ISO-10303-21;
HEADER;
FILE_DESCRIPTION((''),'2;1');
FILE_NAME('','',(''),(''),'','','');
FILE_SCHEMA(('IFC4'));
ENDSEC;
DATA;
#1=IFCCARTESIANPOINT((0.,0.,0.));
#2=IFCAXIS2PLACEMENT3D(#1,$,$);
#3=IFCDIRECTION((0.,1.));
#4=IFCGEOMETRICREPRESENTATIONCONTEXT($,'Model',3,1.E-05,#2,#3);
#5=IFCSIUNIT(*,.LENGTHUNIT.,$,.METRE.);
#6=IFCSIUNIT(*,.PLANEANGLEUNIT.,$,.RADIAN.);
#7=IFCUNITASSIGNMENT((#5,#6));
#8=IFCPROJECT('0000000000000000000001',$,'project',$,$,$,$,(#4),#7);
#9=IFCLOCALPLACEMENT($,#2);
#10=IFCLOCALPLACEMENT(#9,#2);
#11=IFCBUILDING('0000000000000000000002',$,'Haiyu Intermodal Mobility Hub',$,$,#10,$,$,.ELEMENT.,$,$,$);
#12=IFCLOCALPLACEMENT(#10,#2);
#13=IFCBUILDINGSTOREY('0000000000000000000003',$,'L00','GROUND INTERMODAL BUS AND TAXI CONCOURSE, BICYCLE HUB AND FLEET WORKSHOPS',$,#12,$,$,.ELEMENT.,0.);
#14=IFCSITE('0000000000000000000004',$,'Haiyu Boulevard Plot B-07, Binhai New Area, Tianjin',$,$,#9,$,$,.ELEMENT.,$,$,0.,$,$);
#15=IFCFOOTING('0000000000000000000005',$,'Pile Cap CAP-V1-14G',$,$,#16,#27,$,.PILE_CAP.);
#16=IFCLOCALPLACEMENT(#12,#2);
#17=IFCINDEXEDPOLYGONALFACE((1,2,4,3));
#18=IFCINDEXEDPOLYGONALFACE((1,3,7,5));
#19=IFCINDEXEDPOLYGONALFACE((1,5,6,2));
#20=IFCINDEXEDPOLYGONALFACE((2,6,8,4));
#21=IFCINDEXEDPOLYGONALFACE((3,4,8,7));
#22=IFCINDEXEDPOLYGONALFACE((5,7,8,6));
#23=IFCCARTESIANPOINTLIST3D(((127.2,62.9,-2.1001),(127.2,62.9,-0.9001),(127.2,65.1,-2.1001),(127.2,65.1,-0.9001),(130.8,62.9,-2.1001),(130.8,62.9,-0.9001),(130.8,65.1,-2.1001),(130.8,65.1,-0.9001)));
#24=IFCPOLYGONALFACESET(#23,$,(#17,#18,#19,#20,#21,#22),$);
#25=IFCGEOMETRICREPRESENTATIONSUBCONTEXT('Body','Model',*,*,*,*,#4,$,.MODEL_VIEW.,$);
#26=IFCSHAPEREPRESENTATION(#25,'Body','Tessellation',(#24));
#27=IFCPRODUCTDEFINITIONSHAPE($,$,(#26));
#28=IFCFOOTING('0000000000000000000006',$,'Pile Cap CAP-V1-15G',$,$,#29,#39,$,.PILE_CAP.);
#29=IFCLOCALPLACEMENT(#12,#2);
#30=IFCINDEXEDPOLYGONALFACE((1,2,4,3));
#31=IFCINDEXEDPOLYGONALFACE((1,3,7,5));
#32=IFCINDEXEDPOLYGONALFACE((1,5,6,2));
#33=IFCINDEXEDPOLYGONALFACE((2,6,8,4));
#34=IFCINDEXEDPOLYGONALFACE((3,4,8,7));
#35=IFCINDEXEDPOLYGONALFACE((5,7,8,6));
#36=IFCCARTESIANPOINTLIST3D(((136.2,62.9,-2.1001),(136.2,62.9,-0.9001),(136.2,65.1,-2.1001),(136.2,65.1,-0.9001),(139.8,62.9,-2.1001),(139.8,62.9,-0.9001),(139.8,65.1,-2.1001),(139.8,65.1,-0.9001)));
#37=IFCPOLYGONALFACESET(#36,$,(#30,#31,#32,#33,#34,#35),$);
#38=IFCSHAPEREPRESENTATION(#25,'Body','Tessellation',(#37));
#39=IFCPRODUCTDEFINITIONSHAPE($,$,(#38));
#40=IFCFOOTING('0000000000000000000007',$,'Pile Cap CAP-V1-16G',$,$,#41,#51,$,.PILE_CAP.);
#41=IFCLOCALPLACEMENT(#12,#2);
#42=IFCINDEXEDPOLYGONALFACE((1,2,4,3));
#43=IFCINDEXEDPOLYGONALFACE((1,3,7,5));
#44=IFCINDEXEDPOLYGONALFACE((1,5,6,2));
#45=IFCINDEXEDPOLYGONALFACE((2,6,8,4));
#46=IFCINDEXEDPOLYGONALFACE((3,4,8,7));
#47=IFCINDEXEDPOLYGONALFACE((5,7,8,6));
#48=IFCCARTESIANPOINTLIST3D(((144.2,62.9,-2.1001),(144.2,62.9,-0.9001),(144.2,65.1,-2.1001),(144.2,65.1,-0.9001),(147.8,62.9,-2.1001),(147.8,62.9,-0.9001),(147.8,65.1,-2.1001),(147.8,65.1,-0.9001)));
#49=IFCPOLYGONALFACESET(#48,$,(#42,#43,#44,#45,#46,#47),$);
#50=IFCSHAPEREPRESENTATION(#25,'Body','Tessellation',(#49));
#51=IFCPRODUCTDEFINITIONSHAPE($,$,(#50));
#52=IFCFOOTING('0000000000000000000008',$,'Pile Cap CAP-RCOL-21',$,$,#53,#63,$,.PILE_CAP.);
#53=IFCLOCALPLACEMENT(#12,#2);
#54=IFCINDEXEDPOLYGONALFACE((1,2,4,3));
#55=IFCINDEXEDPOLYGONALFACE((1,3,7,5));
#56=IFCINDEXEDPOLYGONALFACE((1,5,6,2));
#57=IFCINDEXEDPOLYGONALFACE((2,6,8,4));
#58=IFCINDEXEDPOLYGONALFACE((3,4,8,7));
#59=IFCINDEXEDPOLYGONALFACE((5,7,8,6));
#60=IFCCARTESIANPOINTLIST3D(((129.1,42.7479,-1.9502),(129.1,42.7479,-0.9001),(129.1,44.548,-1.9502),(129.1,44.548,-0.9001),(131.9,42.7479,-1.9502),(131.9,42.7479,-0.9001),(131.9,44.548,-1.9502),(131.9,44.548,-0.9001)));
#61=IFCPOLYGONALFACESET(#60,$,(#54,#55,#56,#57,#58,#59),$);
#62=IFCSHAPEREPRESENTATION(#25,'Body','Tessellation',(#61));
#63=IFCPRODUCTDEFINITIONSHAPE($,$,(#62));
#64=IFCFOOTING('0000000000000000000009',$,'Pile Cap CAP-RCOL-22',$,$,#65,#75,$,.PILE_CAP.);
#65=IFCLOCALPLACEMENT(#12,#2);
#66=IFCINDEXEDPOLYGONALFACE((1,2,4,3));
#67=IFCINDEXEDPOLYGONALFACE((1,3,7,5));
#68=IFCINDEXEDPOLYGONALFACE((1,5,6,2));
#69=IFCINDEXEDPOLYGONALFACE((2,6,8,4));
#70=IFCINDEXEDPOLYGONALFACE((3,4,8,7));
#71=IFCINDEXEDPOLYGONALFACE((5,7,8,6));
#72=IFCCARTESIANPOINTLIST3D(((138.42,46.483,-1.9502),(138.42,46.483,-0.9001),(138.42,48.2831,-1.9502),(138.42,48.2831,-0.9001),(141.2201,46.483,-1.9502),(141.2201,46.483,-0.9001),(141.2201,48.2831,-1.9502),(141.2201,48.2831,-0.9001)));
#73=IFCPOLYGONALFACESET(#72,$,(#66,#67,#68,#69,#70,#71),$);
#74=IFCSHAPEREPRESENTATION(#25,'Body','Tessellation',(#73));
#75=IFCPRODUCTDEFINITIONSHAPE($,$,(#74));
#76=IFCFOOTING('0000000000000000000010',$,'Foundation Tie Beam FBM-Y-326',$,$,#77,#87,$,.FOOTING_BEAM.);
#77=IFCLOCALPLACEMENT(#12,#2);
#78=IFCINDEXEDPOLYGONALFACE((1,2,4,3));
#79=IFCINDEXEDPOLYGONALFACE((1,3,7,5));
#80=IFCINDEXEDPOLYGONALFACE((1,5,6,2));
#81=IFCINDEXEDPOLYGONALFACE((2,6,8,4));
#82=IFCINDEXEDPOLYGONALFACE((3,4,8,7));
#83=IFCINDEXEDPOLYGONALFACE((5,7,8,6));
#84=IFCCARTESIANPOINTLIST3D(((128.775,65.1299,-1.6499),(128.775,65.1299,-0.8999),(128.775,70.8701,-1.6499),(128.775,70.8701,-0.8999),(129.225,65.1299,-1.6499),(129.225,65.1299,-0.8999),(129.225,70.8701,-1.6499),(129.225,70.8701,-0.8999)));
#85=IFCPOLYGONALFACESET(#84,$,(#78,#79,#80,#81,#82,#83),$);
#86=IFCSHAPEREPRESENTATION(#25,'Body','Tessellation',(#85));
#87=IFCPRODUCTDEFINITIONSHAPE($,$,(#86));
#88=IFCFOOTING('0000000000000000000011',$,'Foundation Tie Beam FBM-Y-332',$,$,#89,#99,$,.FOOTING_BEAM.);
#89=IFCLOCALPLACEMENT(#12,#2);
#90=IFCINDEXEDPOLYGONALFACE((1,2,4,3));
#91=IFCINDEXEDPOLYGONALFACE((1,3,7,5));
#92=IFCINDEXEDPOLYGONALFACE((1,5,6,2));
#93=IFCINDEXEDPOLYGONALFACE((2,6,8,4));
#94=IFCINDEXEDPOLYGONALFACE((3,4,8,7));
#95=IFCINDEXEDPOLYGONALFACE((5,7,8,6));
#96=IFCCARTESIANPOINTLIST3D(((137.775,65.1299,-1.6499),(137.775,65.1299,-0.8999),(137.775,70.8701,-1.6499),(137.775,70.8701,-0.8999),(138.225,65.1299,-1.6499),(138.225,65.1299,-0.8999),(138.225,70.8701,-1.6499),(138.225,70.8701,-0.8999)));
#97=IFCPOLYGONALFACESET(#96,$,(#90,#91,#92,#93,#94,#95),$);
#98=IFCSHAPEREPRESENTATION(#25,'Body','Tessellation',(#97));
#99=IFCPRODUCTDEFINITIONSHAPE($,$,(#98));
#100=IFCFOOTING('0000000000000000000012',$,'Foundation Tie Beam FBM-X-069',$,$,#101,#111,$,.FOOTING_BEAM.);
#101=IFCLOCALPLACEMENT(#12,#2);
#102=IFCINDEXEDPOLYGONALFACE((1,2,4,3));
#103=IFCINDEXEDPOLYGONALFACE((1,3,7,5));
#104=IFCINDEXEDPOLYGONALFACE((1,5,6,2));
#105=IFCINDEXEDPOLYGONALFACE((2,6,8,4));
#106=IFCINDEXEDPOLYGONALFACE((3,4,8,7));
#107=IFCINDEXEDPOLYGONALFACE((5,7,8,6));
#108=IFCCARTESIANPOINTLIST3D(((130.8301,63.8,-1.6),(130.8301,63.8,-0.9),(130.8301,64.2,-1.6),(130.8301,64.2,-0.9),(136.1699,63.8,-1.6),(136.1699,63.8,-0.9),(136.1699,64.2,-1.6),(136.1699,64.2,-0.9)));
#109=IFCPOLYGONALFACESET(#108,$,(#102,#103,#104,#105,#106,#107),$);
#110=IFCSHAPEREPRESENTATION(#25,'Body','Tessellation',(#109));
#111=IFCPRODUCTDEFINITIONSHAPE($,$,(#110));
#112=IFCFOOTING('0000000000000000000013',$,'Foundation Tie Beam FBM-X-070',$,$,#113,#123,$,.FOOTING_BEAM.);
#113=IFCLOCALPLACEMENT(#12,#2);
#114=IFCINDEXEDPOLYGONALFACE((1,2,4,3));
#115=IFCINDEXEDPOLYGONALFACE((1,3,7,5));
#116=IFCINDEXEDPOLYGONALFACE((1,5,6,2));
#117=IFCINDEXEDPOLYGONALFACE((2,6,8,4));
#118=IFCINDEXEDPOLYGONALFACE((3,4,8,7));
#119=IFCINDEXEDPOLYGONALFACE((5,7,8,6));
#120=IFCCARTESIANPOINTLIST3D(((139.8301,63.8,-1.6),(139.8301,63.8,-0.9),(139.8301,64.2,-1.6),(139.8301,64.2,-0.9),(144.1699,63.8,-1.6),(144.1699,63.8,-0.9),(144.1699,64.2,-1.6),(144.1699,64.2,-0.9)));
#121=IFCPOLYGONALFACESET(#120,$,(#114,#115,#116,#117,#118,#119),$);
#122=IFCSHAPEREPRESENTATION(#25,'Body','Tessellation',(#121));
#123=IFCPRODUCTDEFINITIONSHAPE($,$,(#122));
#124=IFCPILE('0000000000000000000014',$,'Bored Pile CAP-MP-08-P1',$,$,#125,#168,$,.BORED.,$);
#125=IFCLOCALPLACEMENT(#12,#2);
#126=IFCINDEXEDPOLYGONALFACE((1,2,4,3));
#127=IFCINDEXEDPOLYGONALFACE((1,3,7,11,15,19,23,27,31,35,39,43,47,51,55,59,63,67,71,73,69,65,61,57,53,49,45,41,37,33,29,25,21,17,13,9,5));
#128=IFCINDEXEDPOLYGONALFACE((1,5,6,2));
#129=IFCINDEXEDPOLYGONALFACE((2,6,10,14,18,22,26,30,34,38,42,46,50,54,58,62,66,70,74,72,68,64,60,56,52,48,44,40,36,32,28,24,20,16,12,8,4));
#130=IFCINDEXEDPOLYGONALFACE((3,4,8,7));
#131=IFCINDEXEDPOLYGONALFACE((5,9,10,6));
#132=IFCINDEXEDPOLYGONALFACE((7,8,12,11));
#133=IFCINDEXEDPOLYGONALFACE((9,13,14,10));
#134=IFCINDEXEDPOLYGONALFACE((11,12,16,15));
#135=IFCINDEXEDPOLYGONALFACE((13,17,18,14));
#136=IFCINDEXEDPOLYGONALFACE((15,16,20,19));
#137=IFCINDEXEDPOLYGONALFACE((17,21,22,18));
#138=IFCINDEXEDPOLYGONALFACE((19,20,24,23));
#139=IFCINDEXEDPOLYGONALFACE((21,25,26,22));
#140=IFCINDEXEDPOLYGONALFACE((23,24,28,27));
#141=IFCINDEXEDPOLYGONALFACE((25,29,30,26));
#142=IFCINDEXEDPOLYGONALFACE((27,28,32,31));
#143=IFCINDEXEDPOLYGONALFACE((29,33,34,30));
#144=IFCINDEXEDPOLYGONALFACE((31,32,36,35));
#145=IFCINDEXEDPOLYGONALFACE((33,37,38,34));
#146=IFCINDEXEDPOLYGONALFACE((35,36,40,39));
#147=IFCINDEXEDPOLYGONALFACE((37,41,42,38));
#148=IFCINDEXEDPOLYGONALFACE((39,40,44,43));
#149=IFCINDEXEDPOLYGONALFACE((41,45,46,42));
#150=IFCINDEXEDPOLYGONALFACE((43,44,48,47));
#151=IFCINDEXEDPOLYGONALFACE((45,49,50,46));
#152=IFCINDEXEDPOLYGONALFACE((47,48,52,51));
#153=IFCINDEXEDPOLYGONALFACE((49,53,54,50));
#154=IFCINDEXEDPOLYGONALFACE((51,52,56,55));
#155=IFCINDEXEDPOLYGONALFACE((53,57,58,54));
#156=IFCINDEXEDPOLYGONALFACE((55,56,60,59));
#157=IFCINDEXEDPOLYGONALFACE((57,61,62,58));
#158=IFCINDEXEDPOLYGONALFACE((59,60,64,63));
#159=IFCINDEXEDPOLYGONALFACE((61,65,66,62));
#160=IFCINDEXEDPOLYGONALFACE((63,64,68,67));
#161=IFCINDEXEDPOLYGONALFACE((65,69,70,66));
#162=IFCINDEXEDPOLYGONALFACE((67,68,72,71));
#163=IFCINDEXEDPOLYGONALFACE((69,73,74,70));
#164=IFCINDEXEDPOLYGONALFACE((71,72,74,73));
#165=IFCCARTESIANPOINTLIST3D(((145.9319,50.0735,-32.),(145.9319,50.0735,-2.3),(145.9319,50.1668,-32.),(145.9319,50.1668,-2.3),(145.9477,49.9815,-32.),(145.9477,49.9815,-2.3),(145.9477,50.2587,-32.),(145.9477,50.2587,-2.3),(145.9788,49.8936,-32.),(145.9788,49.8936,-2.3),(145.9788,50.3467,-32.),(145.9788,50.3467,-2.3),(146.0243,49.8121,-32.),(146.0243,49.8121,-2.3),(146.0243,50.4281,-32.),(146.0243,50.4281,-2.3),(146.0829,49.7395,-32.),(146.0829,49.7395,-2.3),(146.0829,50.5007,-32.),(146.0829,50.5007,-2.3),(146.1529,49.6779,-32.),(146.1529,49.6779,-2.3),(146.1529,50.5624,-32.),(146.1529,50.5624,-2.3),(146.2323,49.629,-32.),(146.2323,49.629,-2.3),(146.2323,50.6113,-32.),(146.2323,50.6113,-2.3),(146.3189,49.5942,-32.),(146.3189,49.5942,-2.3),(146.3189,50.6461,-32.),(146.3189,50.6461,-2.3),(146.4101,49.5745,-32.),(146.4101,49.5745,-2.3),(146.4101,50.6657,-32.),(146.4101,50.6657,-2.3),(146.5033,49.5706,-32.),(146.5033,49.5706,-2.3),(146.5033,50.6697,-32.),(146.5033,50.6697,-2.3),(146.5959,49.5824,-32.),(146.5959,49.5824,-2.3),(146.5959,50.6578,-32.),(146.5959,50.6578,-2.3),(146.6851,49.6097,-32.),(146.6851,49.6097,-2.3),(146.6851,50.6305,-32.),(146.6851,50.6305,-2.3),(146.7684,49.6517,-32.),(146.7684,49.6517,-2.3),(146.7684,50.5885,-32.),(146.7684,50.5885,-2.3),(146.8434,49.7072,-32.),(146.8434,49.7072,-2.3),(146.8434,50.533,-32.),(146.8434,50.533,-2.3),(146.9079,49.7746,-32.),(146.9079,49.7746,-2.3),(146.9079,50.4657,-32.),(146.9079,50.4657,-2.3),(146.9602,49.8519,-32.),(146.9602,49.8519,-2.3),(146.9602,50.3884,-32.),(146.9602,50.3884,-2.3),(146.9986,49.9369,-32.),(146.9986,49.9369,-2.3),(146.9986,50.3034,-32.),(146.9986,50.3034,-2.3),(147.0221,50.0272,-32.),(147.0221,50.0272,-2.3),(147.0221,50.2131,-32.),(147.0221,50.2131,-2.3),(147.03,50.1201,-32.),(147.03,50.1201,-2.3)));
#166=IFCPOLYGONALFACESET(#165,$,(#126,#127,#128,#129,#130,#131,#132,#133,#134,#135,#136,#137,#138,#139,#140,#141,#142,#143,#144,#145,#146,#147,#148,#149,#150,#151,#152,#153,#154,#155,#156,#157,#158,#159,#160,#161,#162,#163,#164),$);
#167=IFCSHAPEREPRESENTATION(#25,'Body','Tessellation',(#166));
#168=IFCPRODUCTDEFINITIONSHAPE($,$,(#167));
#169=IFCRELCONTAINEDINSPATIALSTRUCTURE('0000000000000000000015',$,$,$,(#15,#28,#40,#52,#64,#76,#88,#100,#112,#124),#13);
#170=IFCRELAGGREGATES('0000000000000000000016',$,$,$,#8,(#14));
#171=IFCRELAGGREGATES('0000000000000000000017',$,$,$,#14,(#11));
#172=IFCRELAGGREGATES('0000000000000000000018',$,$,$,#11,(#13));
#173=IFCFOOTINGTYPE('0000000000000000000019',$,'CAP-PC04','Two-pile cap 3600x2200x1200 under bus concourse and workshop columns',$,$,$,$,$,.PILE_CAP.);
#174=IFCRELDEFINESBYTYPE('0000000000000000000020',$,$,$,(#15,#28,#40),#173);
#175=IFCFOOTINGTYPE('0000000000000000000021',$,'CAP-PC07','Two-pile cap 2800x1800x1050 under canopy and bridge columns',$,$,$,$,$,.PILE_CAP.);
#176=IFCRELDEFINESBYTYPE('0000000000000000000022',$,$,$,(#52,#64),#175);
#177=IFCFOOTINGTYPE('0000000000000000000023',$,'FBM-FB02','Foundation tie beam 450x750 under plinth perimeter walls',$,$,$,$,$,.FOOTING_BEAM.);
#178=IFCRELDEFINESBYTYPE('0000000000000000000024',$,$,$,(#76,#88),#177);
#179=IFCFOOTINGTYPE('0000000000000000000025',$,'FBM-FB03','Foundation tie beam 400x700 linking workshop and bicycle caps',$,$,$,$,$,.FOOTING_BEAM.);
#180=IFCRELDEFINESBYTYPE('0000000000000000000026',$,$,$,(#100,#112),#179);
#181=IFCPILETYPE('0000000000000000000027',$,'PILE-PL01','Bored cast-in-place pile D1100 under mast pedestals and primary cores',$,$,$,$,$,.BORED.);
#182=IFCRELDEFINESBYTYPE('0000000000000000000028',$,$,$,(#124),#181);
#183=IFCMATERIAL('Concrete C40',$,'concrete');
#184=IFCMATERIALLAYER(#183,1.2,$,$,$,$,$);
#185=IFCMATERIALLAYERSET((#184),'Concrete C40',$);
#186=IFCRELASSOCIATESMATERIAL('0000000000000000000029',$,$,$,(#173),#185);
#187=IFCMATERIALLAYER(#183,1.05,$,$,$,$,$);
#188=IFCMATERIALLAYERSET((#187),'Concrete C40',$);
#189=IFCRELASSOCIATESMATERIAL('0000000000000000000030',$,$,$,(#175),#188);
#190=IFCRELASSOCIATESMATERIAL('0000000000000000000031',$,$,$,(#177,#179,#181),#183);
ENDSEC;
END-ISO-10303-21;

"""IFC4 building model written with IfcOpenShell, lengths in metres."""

from ifc_helpers import new_model, si_unit, direction, frame, origin, origin_2d, place, context, subcontext, project, spatial, rectangle, circle, extrude, material, layer, layer_set, material_profile, profile_set, type_object, element, save


model = new_model("IFC4")

# Units and contexts
model_context = context("Model", 3, precision=1e-05, world=origin(), true_north=direction((0.0, 1.0)))
body_context = subcontext(model_context, "Body", "Model", "MODEL_VIEW")
ifc_project = project(units=[si_unit("LENGTHUNIT", "METRE"), si_unit("PLANEANGLEUNIT", "RADIAN")], contexts=[model_context])

# Site, building, storey
site_placement = place(None, origin())
site = spatial("IfcSite", under=ifc_project, at=site_placement, Name="Haiyu Boulevard Plot B-07, Binhai New Area, Tianjin", CompositionType="ELEMENT", RefElevation=0.0)
building_placement = place(site_placement, origin())
building = spatial("IfcBuilding", under=site, at=building_placement, Name="Haiyu Intermodal Mobility Hub", CompositionType="ELEMENT")
storey_placement = place(building_placement, origin())
storey = spatial("IfcBuildingStorey", under=building, at=storey_placement, Name="L00", Description="GROUND INTERMODAL BUS AND TAXI CONCOURSE, BICYCLE HUB AND FLEET WORKSHOPS", CompositionType="ELEMENT", Elevation=0.0)

# Footings
ifc_material_1 = material(Name="Concrete C40", Category="concrete")
ifc_layer_1 = layer(ifc_material_1, 1.2)
ifc_layer_set_1 = layer_set([ifc_layer_1], Name="Concrete C40")
footing_type_1 = type_object("IfcFootingType", Name="CAP-PC04", Description="Two-pile cap 3600x2200x1200 under bus concourse and workshop columns", PredefinedType="PILE_CAP", material=ifc_layer_set_1)
for number, where, z_axis, x_axis, name in (
    (1, (129.0, 64.0, -2.1001), (0.0, 0.0, 1.0), (1.0, 0.0, 0.0), "Pile Cap CAP-V1-14G"),
    (2, (138.0, 64.0, -2.1001), (0.0, 0.0, 1.0), (1.0, 0.0, 0.0), "Pile Cap CAP-V1-15G"),
    (3, (146.0, 64.0, -2.1001), (0.0, 0.0, 1.0), (1.0, 0.0, 0.0), "Pile Cap CAP-V1-16G"),
):
    element("IfcFooting", number, at=place(storey_placement, frame(where, z_axis=z_axis, x_axis=x_axis)), inside=storey, type_object=footing_type_1, Name=name, PredefinedType="PILE_CAP", context=body_context, shape_type="SweptSolid", body=[
        extrude(rectangle(XDim=3.6001, YDim=2.2, at=origin_2d()), origin(), (0.0, 0.0, 1.0), 1.2),
    ])
ifc_layer_2 = layer(ifc_material_1, 1.05)
ifc_layer_set_2 = layer_set([ifc_layer_2], Name="Concrete C40")
footing_type_2 = type_object("IfcFootingType", Name="CAP-PC07", Description="Two-pile cap 2800x1800x1050 under canopy and bridge columns", PredefinedType="PILE_CAP", material=ifc_layer_set_2)
for number, where, z_axis, x_axis, name in (
    (4, (130.5, 43.6479, -1.9502), (0.0, 0.0, 1.0), (1.0, 0.0, 0.0), "Pile Cap CAP-RCOL-21"),
    (5, (139.8201, 47.3831, -1.9502), (0.0, 0.0, 1.0), (1.0, 0.0, 0.0), "Pile Cap CAP-RCOL-22"),
):
    element("IfcFooting", number, at=place(storey_placement, frame(where, z_axis=z_axis, x_axis=x_axis)), inside=storey, type_object=footing_type_2, Name=name, PredefinedType="PILE_CAP", context=body_context, shape_type="SweptSolid", body=[
        extrude(rectangle(XDim=2.8, YDim=1.8, at=origin_2d()), origin(), (0.0, 0.0, 1.0), 1.05),
    ])
ifc_material_profile_1 = material_profile(ifc_material_1, rectangle(XDim=0.45, YDim=0.75, at=origin_2d()), Name="FB450x750")
ifc_profile_set_1 = profile_set([ifc_material_profile_1], Name="Concrete C40")
footing_type_3 = type_object("IfcFootingType", Name="FBM-FB02", Description="Foundation tie beam 450x750 under plinth perimeter walls", PredefinedType="FOOTING_BEAM", material=ifc_profile_set_1)
for number, where, z_axis, x_axis, name in (
    (6, (129.0, 65.1299, -1.2749), (0.0, 1.0, 0.0), (-1.0, 0.0, 0.0), "Foundation Tie Beam FBM-Y-326"),
    (7, (138.0, 65.1299, -1.2749), (0.0, 1.0, 0.0), (-1.0, 0.0, 0.0), "Foundation Tie Beam FBM-Y-332"),
):
    element("IfcFooting", number, at=place(storey_placement, frame(where, z_axis=z_axis, x_axis=x_axis)), inside=storey, type_object=footing_type_3, Name=name, PredefinedType="FOOTING_BEAM", context=body_context, shape_type="SweptSolid", body=[
        extrude(rectangle(XDim=0.45, YDim=0.75, at=origin_2d()), origin(), (0.0, 0.0, 1.0), 5.7402),
    ])
ifc_material_profile_2 = material_profile(ifc_material_1, rectangle(XDim=0.3999, YDim=0.7, at=origin_2d()), Name="FB400x700")
ifc_profile_set_2 = profile_set([ifc_material_profile_2], Name="Concrete C40")
footing_type_4 = type_object("IfcFootingType", Name="FBM-FB03", Description="Foundation tie beam 400x700 linking workshop and bicycle caps", PredefinedType="FOOTING_BEAM", material=ifc_profile_set_2)
footing_1_placement = place(storey_placement, frame((130.8301, 64.0, -1.25), z_axis=(1.0, 0.0, 0.0), x_axis=(0.0, 1.0, 0.0)))
element("IfcFooting", 8, at=footing_1_placement, inside=storey, type_object=footing_type_4, Name="Foundation Tie Beam FBM-X-069", PredefinedType="FOOTING_BEAM", context=body_context, shape_type="SweptSolid", body=[
    extrude(rectangle(XDim=0.3999, YDim=0.7, at=origin_2d()), origin(), (0.0, 0.0, 1.0), 5.3398),
])
footing_2_placement = place(storey_placement, frame((139.8301, 64.0, -1.25), z_axis=(1.0, 0.0, 0.0), x_axis=(0.0, 1.0, 0.0)))
element("IfcFooting", 9, at=footing_2_placement, inside=storey, type_object=footing_type_4, Name="Foundation Tie Beam FBM-X-070", PredefinedType="FOOTING_BEAM", context=body_context, shape_type="SweptSolid", body=[
    extrude(rectangle(XDim=0.3999, YDim=0.7, at=origin_2d()), origin(), (0.0, 0.0, 1.0), 4.3398),
])

# Pile
ifc_material_profile_3 = material_profile(ifc_material_1, circle(Radius=0.55, at=origin_2d()), Name="PILE-D1100")
ifc_profile_set_3 = profile_set([ifc_material_profile_3], Name="Concrete C40")
pile_type_1 = type_object("IfcPileType", Name="PILE-PL01", Description="Bored cast-in-place pile D1100 under mast pedestals and primary cores", PredefinedType="BORED", material=ifc_profile_set_3)
pile_placement = place(storey_placement, frame((146.48, 50.1201, -2.3), z_axis=(0.0, 0.0, -1.0), x_axis=(1.0, 0.0, 0.0)))
element("IfcPile", 10, at=pile_placement, inside=storey, type_object=pile_type_1, Name="Bored Pile CAP-MP-08-P1", PredefinedType="BORED", context=body_context, shape_type="SweptSolid", body=[
    extrude(circle(Radius=0.55, at=origin_2d()), origin(), (0.0, 0.0, 1.0), 29.7),
])

save(model, "model.ifc")
